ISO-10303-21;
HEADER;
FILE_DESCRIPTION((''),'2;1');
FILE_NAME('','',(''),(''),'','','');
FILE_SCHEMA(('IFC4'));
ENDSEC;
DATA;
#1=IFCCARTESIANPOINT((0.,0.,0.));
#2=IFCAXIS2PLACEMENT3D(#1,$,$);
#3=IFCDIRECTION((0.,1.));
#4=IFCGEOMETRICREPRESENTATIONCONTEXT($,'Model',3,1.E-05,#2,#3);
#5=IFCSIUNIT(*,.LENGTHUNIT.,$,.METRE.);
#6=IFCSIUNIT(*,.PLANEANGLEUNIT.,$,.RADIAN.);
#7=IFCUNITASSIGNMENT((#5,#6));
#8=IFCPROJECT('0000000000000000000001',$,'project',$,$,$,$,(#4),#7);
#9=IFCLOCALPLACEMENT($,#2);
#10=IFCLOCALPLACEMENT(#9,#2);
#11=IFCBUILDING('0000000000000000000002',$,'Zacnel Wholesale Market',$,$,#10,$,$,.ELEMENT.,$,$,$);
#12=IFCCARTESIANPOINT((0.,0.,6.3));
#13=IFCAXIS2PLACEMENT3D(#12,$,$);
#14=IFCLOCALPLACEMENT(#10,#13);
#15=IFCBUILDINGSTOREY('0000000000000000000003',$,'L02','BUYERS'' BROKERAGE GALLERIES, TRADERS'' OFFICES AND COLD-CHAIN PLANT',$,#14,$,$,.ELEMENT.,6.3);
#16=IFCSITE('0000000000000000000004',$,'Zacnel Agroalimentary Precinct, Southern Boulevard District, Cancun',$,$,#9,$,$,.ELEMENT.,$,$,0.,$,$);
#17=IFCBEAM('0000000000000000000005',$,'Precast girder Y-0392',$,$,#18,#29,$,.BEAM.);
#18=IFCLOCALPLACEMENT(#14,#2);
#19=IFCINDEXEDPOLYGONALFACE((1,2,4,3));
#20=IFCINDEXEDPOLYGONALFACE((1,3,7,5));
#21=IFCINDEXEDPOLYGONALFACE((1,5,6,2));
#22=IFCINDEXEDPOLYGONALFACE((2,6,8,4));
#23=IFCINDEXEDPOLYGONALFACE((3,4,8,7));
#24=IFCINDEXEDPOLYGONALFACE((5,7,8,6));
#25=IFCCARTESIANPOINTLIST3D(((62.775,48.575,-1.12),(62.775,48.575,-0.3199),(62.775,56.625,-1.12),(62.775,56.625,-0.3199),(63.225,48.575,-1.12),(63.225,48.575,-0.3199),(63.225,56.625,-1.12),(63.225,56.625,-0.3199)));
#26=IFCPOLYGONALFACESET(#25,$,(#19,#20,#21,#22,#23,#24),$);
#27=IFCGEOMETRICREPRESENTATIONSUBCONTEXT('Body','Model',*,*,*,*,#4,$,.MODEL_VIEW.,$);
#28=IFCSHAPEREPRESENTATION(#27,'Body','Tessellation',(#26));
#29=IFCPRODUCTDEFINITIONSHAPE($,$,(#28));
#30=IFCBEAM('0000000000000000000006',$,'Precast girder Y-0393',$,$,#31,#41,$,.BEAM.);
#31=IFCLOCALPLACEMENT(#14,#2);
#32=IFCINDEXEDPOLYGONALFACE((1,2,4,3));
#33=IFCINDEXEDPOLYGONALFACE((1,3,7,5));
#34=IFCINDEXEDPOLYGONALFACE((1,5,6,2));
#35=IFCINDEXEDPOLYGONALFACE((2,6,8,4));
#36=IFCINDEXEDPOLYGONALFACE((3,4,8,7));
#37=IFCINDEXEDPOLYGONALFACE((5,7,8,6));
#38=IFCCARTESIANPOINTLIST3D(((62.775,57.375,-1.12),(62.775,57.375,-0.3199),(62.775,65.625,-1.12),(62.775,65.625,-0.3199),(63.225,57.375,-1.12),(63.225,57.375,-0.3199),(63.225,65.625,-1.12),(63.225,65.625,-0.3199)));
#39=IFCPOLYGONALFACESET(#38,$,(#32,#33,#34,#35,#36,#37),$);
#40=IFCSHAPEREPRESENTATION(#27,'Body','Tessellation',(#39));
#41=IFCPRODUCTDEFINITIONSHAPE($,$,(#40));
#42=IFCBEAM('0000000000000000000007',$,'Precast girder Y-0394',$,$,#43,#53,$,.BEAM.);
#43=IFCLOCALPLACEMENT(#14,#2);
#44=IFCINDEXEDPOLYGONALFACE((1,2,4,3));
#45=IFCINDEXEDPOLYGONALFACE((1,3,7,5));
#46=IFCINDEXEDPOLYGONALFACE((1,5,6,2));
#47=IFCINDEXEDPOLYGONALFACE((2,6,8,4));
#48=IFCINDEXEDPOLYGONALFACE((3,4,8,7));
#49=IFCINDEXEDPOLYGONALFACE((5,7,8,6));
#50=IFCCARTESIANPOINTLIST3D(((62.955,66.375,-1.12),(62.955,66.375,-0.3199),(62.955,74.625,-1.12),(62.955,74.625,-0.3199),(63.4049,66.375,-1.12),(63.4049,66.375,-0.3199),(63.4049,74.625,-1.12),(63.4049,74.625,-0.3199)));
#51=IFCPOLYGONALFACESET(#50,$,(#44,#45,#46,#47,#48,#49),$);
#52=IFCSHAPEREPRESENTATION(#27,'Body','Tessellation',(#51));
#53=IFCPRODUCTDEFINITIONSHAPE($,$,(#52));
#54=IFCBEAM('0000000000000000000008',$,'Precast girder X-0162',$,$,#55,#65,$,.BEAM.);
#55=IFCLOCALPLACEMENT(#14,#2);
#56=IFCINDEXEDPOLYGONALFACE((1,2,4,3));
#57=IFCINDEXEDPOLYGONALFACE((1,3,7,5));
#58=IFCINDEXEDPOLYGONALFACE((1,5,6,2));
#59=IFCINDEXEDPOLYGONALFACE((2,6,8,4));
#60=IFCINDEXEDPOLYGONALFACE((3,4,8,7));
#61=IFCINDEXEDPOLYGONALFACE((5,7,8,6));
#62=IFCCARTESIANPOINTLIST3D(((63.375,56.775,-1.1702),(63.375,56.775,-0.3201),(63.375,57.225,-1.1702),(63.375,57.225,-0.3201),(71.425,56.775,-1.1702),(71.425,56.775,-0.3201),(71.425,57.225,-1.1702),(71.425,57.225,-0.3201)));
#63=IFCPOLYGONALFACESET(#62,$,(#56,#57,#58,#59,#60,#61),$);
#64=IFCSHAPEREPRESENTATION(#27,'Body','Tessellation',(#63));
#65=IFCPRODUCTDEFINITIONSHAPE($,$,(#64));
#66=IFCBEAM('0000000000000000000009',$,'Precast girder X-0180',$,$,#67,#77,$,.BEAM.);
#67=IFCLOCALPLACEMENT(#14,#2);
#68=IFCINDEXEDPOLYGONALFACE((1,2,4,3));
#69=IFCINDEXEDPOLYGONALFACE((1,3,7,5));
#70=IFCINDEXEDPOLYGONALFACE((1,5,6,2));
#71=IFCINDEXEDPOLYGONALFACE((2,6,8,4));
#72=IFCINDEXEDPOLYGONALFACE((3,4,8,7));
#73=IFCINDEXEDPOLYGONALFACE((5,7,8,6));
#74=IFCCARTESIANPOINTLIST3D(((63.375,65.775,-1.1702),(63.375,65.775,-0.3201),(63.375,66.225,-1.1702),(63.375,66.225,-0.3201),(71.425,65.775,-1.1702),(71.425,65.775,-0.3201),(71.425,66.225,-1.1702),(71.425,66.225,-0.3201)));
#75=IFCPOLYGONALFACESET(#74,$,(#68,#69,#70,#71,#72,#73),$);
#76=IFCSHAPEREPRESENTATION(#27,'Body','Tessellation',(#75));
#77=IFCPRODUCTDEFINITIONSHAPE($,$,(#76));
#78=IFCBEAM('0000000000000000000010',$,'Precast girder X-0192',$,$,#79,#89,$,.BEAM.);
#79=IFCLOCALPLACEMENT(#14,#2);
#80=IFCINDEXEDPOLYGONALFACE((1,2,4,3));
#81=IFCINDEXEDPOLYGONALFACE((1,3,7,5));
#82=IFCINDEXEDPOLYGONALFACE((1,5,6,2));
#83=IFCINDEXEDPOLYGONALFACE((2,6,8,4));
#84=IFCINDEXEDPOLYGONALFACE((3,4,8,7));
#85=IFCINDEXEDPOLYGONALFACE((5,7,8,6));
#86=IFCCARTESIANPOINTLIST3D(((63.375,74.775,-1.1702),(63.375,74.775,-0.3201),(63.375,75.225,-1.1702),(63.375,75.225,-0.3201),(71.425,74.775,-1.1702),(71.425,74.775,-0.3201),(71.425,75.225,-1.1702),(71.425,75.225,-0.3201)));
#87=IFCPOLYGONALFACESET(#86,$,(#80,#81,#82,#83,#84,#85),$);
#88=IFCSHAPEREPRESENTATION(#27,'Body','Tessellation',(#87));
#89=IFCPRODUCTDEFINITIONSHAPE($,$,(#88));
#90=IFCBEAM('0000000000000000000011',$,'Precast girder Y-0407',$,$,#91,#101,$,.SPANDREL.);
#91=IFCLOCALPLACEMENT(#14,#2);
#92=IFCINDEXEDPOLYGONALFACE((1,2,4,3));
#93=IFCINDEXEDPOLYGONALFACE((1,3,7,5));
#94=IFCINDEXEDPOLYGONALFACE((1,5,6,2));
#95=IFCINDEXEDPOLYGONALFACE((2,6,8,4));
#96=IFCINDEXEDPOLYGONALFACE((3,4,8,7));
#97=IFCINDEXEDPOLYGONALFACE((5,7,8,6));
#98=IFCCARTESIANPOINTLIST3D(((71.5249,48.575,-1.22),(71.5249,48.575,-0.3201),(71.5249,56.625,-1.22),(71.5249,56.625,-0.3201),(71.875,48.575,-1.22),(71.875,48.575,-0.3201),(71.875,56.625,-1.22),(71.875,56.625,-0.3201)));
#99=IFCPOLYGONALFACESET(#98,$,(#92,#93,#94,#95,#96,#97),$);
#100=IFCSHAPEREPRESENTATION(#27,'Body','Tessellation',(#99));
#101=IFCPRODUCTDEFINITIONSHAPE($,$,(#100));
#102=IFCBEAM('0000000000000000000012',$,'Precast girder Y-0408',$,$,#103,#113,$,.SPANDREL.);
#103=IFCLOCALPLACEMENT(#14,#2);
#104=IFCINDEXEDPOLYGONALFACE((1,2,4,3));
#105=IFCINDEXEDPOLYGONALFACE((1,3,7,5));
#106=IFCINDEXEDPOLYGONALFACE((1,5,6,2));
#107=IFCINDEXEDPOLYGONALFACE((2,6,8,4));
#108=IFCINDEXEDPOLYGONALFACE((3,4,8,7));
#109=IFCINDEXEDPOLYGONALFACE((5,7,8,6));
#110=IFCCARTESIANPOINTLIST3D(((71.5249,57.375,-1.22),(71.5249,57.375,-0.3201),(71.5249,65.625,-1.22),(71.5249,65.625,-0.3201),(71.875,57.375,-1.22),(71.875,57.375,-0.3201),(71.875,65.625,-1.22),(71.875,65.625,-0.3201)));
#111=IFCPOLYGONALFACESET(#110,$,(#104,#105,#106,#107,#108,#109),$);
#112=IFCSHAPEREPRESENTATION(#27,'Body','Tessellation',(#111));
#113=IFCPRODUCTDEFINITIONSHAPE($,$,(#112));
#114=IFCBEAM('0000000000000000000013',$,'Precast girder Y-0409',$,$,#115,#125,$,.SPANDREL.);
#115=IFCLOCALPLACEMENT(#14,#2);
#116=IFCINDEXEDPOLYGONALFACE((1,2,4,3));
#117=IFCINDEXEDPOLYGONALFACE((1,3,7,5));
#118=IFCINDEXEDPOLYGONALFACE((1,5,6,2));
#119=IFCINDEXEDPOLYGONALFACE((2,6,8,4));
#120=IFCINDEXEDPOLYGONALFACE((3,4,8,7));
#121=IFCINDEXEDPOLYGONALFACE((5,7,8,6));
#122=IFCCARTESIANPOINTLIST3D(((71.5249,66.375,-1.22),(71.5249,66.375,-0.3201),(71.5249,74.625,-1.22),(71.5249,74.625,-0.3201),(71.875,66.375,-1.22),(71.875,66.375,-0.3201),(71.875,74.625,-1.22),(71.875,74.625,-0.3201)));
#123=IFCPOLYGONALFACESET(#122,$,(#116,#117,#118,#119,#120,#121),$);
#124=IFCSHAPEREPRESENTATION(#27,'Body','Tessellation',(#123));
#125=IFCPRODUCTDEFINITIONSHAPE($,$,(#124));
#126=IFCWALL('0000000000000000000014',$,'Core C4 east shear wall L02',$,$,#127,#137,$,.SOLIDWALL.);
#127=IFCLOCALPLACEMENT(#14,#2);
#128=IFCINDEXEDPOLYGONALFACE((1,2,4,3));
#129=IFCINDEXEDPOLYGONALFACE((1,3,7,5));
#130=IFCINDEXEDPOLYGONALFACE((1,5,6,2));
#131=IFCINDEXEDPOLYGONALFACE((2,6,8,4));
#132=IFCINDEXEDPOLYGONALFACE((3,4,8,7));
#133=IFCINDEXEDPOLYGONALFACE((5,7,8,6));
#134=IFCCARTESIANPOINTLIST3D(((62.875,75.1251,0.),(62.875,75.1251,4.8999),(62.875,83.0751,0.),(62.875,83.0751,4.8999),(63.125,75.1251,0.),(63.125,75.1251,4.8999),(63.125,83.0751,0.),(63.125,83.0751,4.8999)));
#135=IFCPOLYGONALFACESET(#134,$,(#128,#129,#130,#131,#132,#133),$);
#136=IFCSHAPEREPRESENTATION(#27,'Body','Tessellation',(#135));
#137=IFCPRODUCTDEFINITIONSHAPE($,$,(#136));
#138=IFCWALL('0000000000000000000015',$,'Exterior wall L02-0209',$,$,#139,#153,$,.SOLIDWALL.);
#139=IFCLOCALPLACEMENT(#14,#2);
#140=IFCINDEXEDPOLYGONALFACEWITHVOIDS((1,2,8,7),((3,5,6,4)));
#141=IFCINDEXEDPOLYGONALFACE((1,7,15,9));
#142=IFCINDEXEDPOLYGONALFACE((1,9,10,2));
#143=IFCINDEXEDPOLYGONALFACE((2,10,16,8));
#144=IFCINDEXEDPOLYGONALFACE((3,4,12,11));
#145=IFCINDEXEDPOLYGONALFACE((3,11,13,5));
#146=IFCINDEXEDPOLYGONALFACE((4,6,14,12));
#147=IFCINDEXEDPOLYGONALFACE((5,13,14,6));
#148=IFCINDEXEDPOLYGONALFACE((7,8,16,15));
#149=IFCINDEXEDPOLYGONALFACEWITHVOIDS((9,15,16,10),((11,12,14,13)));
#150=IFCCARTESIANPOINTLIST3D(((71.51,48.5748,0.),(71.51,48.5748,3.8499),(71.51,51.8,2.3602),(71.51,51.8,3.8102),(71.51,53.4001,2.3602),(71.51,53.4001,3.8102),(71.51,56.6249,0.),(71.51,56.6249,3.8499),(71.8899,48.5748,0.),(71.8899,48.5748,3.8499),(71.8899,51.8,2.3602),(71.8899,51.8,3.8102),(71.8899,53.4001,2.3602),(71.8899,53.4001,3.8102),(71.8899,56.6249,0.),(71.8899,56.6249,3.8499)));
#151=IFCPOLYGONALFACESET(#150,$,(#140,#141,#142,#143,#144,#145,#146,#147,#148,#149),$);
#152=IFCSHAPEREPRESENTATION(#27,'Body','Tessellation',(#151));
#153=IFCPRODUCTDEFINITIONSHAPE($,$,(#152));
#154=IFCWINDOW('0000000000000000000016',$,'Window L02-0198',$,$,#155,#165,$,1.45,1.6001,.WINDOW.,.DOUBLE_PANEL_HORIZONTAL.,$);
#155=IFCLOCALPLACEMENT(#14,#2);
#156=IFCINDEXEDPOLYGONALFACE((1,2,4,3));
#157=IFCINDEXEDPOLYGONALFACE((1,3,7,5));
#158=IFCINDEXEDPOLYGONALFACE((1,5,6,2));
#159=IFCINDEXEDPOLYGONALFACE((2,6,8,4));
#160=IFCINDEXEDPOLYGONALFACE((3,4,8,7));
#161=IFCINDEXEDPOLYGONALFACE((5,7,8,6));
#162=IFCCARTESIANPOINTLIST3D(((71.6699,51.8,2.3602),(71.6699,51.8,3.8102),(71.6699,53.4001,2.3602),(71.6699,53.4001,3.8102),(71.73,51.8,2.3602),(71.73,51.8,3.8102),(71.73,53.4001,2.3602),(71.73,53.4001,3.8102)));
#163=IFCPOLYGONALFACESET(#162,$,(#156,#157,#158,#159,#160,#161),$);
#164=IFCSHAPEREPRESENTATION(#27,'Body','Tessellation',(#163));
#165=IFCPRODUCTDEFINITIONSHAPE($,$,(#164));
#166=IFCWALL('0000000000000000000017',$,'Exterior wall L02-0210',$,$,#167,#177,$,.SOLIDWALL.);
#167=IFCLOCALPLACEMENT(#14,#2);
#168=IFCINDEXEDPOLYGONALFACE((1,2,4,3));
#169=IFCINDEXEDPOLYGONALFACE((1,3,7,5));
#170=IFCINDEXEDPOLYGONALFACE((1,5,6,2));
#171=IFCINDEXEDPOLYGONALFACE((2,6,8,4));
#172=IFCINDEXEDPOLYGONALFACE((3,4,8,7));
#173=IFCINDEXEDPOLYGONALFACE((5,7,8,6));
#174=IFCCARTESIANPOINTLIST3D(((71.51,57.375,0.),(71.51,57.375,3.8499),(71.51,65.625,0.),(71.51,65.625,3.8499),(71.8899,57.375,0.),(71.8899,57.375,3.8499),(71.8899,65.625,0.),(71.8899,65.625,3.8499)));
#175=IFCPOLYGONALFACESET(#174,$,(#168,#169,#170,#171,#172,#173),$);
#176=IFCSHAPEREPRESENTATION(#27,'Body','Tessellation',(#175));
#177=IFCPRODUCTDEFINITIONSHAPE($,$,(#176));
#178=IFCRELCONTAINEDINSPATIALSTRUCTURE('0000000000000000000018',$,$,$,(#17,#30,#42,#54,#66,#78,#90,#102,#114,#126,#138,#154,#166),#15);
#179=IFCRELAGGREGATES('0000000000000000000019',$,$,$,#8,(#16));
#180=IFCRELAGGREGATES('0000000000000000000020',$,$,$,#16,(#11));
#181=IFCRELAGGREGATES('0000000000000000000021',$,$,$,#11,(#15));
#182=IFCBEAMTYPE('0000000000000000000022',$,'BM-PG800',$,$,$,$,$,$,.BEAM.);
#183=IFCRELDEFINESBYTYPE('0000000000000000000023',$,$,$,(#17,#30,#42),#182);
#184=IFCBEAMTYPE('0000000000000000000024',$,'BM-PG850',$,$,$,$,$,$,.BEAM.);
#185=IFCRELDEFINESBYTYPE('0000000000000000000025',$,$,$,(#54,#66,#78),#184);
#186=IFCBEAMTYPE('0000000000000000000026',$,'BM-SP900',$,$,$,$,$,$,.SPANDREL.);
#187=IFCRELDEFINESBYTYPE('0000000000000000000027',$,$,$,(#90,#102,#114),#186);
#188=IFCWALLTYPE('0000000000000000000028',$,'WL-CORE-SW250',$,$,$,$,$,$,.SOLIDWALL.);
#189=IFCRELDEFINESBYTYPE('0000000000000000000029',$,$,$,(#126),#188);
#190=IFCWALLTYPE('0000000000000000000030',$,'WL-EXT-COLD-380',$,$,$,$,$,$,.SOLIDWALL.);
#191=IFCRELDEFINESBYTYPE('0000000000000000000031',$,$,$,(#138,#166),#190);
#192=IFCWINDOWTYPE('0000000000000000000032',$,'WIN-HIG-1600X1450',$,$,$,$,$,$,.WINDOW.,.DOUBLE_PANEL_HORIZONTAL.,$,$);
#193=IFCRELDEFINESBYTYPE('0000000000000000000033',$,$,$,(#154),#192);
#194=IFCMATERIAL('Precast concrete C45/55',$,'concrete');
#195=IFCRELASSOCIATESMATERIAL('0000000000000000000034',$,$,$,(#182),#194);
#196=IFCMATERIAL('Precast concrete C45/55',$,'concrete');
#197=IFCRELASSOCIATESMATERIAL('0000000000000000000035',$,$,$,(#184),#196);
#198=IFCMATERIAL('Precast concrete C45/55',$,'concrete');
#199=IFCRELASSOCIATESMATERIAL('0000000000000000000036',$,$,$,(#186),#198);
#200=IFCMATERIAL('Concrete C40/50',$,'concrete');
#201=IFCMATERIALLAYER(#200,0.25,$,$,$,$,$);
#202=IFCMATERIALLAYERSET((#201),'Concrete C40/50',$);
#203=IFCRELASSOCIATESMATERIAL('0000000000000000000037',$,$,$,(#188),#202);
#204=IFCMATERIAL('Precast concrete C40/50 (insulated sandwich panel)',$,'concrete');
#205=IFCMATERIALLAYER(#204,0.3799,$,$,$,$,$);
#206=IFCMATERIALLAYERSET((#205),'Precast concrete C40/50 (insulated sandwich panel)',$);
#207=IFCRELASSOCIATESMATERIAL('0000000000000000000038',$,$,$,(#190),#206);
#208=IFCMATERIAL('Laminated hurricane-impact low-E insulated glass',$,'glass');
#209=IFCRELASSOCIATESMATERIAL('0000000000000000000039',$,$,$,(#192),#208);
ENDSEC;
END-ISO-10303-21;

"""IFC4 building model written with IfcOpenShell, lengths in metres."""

from ifc_helpers import new_model, si_unit, direction, frame, frame_2d, origin, origin_2d, place, context, subcontext, project, spatial, rectangle, extrude, material, layer, layer_set, material_profile, profile_set, type_object, element, fill, save


model = new_model("IFC4")

# Units and contexts
model_context = context("Model", 3, precision=1e-05, world=origin(), true_north=direction((0.0, 1.0)))
body_context = subcontext(model_context, "Body", "Model", "MODEL_VIEW")
ifc_project = project(units=[si_unit("LENGTHUNIT", "METRE"), si_unit("PLANEANGLEUNIT", "RADIAN")], contexts=[model_context])

# Site, building, storey
site_placement = place(None, origin())
site = spatial("IfcSite", under=ifc_project, at=site_placement, Name="Zacnel Agroalimentary Precinct, Southern Boulevard District, Cancun", CompositionType="ELEMENT", RefElevation=0.0)
building_placement = place(site_placement, origin())
building = spatial("IfcBuilding", under=site, at=building_placement, Name="Zacnel Wholesale Market", CompositionType="ELEMENT")
storey_placement = place(building_placement, frame((0.0, 0.0, 6.3)))
storey = spatial("IfcBuildingStorey", under=building, at=storey_placement, Name="L02", Description="BUYERS' BROKERAGE GALLERIES, TRADERS' OFFICES AND COLD-CHAIN PLANT", CompositionType="ELEMENT", Elevation=6.3)

# Beams
ifc_material_1 = material(Name="Precast concrete C45/55", Category="concrete")
ifc_material_profile_1 = material_profile(ifc_material_1, rectangle(XDim=0.45, YDim=0.8, at=origin_2d()), Name="PG 450x800")
ifc_profile_set_1 = profile_set([ifc_material_profile_1], Name="Precast concrete C45/55")
beam_type_1 = type_object("IfcBeamType", Name="BM-PG800", PredefinedType="BEAM", material=ifc_profile_set_1)
beam_1_placement = place(storey_placement, frame((63.0, 48.575, -0.72), z_axis=(0.0, 1.0, 0.0), x_axis=(-1.0, 0.0, 0.0)))
element("IfcBeam", 1, at=beam_1_placement, inside=storey, type_object=beam_type_1, Name="Precast girder Y-0392", PredefinedType="BEAM", context=body_context, shape_type="SweptSolid", body=[
    extrude(rectangle(XDim=0.45, YDim=0.8, at=origin_2d()), origin(), (0.0, 0.0, 1.0), 8.05),
])
for number, where, z_axis, x_axis, name in (
    (2, (63.0, 57.375, -0.72), (0.0, 1.0, 0.0), (-1.0, 0.0, 0.0), "Precast girder Y-0393"),
    (3, (63.1799, 66.375, -0.72), (0.0, 1.0, 0.0), (-1.0, 0.0, 0.0), "Precast girder Y-0394"),
):
    element("IfcBeam", number, at=place(storey_placement, frame(where, z_axis=z_axis, x_axis=x_axis)), inside=storey, type_object=beam_type_1, Name=name, PredefinedType="BEAM", context=body_context, shape_type="SweptSolid", body=[
        extrude(rectangle(XDim=0.45, YDim=0.8, at=origin_2d()), origin(), (0.0, 0.0, 1.0), 8.25),
    ])
ifc_material_2 = material(Name="Precast concrete C45/55", Category="concrete")
ifc_material_profile_2 = material_profile(ifc_material_2, rectangle(XDim=0.45, YDim=0.8501, at=origin_2d()), Name="PG 450x850")
ifc_profile_set_2 = profile_set([ifc_material_profile_2], Name="Precast concrete C45/55")
beam_type_2 = type_object("IfcBeamType", Name="BM-PG850", PredefinedType="BEAM", material=ifc_profile_set_2)
for number, where, z_axis, x_axis, name in (
    (4, (63.375, 57.0, -0.7451), (1.0, 0.0, 0.0), (0.0, 1.0, 0.0), "Precast girder X-0162"),
    (5, (63.375, 66.0, -0.7451), (1.0, 0.0, 0.0), (0.0, 1.0, 0.0), "Precast girder X-0180"),
    (6, (63.375, 75.0, -0.7451), (1.0, 0.0, 0.0), (0.0, 1.0, 0.0), "Precast girder X-0192"),
):
    element("IfcBeam", number, at=place(storey_placement, frame(where, z_axis=z_axis, x_axis=x_axis)), inside=storey, type_object=beam_type_2, Name=name, PredefinedType="BEAM", context=body_context, shape_type="SweptSolid", body=[
        extrude(rectangle(XDim=0.45, YDim=0.8501, at=origin_2d()), origin(), (0.0, 0.0, 1.0), 8.05),
    ])
ifc_material_3 = material(Name="Precast concrete C45/55", Category="concrete")
ifc_material_profile_3 = material_profile(ifc_material_3, rectangle(XDim=0.3501, YDim=0.8999, at=origin_2d()), Name="SP 350x900")
ifc_profile_set_3 = profile_set([ifc_material_profile_3], Name="Precast concrete C45/55")
beam_type_3 = type_object("IfcBeamType", Name="BM-SP900", PredefinedType="SPANDREL", material=ifc_profile_set_3)
beam_2_placement = place(storey_placement, frame((71.7, 48.575, -0.77), z_axis=(0.0, 1.0, 0.0), x_axis=(-1.0, 0.0, 0.0)))
element("IfcBeam", 7, at=beam_2_placement, inside=storey, type_object=beam_type_3, Name="Precast girder Y-0407", PredefinedType="SPANDREL", context=body_context, shape_type="SweptSolid", body=[
    extrude(rectangle(XDim=0.3501, YDim=0.8999, at=origin_2d()), origin(), (0.0, 0.0, 1.0), 8.05),
])
for number, where, z_axis, x_axis, name in (
    (8, (71.7, 57.375, -0.77), (0.0, 1.0, 0.0), (-1.0, 0.0, 0.0), "Precast girder Y-0408"),
    (9, (71.7, 66.375, -0.77), (0.0, 1.0, 0.0), (-1.0, 0.0, 0.0), "Precast girder Y-0409"),
):
    element("IfcBeam", number, at=place(storey_placement, frame(where, z_axis=z_axis, x_axis=x_axis)), inside=storey, type_object=beam_type_3, Name=name, PredefinedType="SPANDREL", context=body_context, shape_type="SweptSolid", body=[
        extrude(rectangle(XDim=0.3501, YDim=0.8999, at=origin_2d()), origin(), (0.0, 0.0, 1.0), 8.25),
    ])

# Wall
ifc_material_4 = material(Name="Concrete C40/50", Category="concrete")
ifc_layer_1 = layer(ifc_material_4, 0.25)
ifc_layer_set_1 = layer_set([ifc_layer_1], Name="Concrete C40/50")
wall_type_1 = type_object("IfcWallType", Name="WL-CORE-SW250", PredefinedType="SOLIDWALL", material=ifc_layer_set_1)
wall_1_placement = place(storey_placement, frame((63.0, 75.125, 0.0), z_axis=(0.0, 0.0, 1.0), x_axis=(0.0, 1.0, 0.0)))
element("IfcWall", 10, at=wall_1_placement, inside=storey, type_object=wall_type_1, Name="Core C4 east shear wall L02", PredefinedType="SOLIDWALL", context=body_context, shape_type="SweptSolid", body=[
    extrude(rectangle(XDim=7.95, YDim=0.25, at=frame_2d((3.9751, 0.0))), origin(), (0.0, 0.0, 1.0), 4.8999),
])

# Wall, opening, window
ifc_material_5 = material(Name="Precast concrete C40/50 (insulated sandwich panel)", Category="concrete")
ifc_layer_2 = layer(ifc_material_5, 0.3799)
ifc_layer_set_2 = layer_set([ifc_layer_2], Name="Precast concrete C40/50 (insulated sandwich panel)")
wall_type_2 = type_object("IfcWallType", Name="WL-EXT-COLD-380", PredefinedType="SOLIDWALL", material=ifc_layer_set_2)
wall_2_placement = place(storey_placement, frame((71.7, 48.575, 0.0), z_axis=(0.0, 0.0, 1.0), x_axis=(0.0, 1.0, 0.0)))
wall_2 = element("IfcWall", 11, at=wall_2_placement, inside=storey, type_object=wall_type_2, Name="Exterior wall L02-0209", PredefinedType="SOLIDWALL", context=body_context, shape_type="SweptSolid", body=[
    extrude(rectangle(XDim=8.05, YDim=0.3799, at=frame_2d((4.0249, 0.0))), origin(), (0.0, 0.0, 1.0), 3.8499),
])
opening_1_placement = place(wall_2_placement, frame((3.2251, 0.0, 2.3601)))
opening_1 = element("IfcOpeningElement", 12, at=opening_1_placement, cuts=wall_2, PredefinedType="OPENING", context=body_context, shape_type="SweptSolid", body=[
    extrude(rectangle(XDim=1.6001, YDim=1.45, at=frame_2d((0.8, 0.7251))), frame((0.0, 0.2, 0.0), z_axis=(0.0, -1.0, 0.0), x_axis=(1.0, 0.0, 0.0)), (0.0, 0.0, 1.0), 0.3999),
])
ifc_material_6 = material(Name="Laminated hurricane-impact low-E insulated glass", Category="glass")
window_type = type_object("IfcWindowType", Name="WIN-HIG-1600X1450", PartitioningType="DOUBLE_PANEL_HORIZONTAL", PredefinedType="WINDOW", material=ifc_material_6)
window_1_placement = place(opening_1_placement, origin())
window_1 = element("IfcWindow", 13, at=window_1_placement, inside=storey, type_object=window_type, Name="Window L02-0198", OverallHeight=1.45, OverallWidth=1.6001, PartitioningType="DOUBLE_PANEL_HORIZONTAL", PredefinedType="WINDOW", context=body_context, shape_type="SweptSolid", body=[
    extrude(rectangle(XDim=1.6001, YDim=1.45, at=frame_2d((0.8, 0.7251))), frame((0.0, 0.03, 0.0), z_axis=(0.0, -1.0, 0.0), x_axis=(1.0, 0.0, 0.0)), (0.0, 0.0, 1.0), 0.0601),
])
fill(opening_1, window_1)

# Wall
wall_3_placement = place(storey_placement, frame((71.7, 57.375, 0.0), z_axis=(0.0, 0.0, 1.0), x_axis=(0.0, 1.0, 0.0)))
element("IfcWall", 14, at=wall_3_placement, inside=storey, type_object=wall_type_2, Name="Exterior wall L02-0210", PredefinedType="SOLIDWALL", context=body_context, shape_type="SweptSolid", body=[
    extrude(rectangle(XDim=8.25, YDim=0.3799, at=frame_2d((4.125, 0.0))), origin(), (0.0, 0.0, 1.0), 3.8499),
])

save(model, "model.ifc")
